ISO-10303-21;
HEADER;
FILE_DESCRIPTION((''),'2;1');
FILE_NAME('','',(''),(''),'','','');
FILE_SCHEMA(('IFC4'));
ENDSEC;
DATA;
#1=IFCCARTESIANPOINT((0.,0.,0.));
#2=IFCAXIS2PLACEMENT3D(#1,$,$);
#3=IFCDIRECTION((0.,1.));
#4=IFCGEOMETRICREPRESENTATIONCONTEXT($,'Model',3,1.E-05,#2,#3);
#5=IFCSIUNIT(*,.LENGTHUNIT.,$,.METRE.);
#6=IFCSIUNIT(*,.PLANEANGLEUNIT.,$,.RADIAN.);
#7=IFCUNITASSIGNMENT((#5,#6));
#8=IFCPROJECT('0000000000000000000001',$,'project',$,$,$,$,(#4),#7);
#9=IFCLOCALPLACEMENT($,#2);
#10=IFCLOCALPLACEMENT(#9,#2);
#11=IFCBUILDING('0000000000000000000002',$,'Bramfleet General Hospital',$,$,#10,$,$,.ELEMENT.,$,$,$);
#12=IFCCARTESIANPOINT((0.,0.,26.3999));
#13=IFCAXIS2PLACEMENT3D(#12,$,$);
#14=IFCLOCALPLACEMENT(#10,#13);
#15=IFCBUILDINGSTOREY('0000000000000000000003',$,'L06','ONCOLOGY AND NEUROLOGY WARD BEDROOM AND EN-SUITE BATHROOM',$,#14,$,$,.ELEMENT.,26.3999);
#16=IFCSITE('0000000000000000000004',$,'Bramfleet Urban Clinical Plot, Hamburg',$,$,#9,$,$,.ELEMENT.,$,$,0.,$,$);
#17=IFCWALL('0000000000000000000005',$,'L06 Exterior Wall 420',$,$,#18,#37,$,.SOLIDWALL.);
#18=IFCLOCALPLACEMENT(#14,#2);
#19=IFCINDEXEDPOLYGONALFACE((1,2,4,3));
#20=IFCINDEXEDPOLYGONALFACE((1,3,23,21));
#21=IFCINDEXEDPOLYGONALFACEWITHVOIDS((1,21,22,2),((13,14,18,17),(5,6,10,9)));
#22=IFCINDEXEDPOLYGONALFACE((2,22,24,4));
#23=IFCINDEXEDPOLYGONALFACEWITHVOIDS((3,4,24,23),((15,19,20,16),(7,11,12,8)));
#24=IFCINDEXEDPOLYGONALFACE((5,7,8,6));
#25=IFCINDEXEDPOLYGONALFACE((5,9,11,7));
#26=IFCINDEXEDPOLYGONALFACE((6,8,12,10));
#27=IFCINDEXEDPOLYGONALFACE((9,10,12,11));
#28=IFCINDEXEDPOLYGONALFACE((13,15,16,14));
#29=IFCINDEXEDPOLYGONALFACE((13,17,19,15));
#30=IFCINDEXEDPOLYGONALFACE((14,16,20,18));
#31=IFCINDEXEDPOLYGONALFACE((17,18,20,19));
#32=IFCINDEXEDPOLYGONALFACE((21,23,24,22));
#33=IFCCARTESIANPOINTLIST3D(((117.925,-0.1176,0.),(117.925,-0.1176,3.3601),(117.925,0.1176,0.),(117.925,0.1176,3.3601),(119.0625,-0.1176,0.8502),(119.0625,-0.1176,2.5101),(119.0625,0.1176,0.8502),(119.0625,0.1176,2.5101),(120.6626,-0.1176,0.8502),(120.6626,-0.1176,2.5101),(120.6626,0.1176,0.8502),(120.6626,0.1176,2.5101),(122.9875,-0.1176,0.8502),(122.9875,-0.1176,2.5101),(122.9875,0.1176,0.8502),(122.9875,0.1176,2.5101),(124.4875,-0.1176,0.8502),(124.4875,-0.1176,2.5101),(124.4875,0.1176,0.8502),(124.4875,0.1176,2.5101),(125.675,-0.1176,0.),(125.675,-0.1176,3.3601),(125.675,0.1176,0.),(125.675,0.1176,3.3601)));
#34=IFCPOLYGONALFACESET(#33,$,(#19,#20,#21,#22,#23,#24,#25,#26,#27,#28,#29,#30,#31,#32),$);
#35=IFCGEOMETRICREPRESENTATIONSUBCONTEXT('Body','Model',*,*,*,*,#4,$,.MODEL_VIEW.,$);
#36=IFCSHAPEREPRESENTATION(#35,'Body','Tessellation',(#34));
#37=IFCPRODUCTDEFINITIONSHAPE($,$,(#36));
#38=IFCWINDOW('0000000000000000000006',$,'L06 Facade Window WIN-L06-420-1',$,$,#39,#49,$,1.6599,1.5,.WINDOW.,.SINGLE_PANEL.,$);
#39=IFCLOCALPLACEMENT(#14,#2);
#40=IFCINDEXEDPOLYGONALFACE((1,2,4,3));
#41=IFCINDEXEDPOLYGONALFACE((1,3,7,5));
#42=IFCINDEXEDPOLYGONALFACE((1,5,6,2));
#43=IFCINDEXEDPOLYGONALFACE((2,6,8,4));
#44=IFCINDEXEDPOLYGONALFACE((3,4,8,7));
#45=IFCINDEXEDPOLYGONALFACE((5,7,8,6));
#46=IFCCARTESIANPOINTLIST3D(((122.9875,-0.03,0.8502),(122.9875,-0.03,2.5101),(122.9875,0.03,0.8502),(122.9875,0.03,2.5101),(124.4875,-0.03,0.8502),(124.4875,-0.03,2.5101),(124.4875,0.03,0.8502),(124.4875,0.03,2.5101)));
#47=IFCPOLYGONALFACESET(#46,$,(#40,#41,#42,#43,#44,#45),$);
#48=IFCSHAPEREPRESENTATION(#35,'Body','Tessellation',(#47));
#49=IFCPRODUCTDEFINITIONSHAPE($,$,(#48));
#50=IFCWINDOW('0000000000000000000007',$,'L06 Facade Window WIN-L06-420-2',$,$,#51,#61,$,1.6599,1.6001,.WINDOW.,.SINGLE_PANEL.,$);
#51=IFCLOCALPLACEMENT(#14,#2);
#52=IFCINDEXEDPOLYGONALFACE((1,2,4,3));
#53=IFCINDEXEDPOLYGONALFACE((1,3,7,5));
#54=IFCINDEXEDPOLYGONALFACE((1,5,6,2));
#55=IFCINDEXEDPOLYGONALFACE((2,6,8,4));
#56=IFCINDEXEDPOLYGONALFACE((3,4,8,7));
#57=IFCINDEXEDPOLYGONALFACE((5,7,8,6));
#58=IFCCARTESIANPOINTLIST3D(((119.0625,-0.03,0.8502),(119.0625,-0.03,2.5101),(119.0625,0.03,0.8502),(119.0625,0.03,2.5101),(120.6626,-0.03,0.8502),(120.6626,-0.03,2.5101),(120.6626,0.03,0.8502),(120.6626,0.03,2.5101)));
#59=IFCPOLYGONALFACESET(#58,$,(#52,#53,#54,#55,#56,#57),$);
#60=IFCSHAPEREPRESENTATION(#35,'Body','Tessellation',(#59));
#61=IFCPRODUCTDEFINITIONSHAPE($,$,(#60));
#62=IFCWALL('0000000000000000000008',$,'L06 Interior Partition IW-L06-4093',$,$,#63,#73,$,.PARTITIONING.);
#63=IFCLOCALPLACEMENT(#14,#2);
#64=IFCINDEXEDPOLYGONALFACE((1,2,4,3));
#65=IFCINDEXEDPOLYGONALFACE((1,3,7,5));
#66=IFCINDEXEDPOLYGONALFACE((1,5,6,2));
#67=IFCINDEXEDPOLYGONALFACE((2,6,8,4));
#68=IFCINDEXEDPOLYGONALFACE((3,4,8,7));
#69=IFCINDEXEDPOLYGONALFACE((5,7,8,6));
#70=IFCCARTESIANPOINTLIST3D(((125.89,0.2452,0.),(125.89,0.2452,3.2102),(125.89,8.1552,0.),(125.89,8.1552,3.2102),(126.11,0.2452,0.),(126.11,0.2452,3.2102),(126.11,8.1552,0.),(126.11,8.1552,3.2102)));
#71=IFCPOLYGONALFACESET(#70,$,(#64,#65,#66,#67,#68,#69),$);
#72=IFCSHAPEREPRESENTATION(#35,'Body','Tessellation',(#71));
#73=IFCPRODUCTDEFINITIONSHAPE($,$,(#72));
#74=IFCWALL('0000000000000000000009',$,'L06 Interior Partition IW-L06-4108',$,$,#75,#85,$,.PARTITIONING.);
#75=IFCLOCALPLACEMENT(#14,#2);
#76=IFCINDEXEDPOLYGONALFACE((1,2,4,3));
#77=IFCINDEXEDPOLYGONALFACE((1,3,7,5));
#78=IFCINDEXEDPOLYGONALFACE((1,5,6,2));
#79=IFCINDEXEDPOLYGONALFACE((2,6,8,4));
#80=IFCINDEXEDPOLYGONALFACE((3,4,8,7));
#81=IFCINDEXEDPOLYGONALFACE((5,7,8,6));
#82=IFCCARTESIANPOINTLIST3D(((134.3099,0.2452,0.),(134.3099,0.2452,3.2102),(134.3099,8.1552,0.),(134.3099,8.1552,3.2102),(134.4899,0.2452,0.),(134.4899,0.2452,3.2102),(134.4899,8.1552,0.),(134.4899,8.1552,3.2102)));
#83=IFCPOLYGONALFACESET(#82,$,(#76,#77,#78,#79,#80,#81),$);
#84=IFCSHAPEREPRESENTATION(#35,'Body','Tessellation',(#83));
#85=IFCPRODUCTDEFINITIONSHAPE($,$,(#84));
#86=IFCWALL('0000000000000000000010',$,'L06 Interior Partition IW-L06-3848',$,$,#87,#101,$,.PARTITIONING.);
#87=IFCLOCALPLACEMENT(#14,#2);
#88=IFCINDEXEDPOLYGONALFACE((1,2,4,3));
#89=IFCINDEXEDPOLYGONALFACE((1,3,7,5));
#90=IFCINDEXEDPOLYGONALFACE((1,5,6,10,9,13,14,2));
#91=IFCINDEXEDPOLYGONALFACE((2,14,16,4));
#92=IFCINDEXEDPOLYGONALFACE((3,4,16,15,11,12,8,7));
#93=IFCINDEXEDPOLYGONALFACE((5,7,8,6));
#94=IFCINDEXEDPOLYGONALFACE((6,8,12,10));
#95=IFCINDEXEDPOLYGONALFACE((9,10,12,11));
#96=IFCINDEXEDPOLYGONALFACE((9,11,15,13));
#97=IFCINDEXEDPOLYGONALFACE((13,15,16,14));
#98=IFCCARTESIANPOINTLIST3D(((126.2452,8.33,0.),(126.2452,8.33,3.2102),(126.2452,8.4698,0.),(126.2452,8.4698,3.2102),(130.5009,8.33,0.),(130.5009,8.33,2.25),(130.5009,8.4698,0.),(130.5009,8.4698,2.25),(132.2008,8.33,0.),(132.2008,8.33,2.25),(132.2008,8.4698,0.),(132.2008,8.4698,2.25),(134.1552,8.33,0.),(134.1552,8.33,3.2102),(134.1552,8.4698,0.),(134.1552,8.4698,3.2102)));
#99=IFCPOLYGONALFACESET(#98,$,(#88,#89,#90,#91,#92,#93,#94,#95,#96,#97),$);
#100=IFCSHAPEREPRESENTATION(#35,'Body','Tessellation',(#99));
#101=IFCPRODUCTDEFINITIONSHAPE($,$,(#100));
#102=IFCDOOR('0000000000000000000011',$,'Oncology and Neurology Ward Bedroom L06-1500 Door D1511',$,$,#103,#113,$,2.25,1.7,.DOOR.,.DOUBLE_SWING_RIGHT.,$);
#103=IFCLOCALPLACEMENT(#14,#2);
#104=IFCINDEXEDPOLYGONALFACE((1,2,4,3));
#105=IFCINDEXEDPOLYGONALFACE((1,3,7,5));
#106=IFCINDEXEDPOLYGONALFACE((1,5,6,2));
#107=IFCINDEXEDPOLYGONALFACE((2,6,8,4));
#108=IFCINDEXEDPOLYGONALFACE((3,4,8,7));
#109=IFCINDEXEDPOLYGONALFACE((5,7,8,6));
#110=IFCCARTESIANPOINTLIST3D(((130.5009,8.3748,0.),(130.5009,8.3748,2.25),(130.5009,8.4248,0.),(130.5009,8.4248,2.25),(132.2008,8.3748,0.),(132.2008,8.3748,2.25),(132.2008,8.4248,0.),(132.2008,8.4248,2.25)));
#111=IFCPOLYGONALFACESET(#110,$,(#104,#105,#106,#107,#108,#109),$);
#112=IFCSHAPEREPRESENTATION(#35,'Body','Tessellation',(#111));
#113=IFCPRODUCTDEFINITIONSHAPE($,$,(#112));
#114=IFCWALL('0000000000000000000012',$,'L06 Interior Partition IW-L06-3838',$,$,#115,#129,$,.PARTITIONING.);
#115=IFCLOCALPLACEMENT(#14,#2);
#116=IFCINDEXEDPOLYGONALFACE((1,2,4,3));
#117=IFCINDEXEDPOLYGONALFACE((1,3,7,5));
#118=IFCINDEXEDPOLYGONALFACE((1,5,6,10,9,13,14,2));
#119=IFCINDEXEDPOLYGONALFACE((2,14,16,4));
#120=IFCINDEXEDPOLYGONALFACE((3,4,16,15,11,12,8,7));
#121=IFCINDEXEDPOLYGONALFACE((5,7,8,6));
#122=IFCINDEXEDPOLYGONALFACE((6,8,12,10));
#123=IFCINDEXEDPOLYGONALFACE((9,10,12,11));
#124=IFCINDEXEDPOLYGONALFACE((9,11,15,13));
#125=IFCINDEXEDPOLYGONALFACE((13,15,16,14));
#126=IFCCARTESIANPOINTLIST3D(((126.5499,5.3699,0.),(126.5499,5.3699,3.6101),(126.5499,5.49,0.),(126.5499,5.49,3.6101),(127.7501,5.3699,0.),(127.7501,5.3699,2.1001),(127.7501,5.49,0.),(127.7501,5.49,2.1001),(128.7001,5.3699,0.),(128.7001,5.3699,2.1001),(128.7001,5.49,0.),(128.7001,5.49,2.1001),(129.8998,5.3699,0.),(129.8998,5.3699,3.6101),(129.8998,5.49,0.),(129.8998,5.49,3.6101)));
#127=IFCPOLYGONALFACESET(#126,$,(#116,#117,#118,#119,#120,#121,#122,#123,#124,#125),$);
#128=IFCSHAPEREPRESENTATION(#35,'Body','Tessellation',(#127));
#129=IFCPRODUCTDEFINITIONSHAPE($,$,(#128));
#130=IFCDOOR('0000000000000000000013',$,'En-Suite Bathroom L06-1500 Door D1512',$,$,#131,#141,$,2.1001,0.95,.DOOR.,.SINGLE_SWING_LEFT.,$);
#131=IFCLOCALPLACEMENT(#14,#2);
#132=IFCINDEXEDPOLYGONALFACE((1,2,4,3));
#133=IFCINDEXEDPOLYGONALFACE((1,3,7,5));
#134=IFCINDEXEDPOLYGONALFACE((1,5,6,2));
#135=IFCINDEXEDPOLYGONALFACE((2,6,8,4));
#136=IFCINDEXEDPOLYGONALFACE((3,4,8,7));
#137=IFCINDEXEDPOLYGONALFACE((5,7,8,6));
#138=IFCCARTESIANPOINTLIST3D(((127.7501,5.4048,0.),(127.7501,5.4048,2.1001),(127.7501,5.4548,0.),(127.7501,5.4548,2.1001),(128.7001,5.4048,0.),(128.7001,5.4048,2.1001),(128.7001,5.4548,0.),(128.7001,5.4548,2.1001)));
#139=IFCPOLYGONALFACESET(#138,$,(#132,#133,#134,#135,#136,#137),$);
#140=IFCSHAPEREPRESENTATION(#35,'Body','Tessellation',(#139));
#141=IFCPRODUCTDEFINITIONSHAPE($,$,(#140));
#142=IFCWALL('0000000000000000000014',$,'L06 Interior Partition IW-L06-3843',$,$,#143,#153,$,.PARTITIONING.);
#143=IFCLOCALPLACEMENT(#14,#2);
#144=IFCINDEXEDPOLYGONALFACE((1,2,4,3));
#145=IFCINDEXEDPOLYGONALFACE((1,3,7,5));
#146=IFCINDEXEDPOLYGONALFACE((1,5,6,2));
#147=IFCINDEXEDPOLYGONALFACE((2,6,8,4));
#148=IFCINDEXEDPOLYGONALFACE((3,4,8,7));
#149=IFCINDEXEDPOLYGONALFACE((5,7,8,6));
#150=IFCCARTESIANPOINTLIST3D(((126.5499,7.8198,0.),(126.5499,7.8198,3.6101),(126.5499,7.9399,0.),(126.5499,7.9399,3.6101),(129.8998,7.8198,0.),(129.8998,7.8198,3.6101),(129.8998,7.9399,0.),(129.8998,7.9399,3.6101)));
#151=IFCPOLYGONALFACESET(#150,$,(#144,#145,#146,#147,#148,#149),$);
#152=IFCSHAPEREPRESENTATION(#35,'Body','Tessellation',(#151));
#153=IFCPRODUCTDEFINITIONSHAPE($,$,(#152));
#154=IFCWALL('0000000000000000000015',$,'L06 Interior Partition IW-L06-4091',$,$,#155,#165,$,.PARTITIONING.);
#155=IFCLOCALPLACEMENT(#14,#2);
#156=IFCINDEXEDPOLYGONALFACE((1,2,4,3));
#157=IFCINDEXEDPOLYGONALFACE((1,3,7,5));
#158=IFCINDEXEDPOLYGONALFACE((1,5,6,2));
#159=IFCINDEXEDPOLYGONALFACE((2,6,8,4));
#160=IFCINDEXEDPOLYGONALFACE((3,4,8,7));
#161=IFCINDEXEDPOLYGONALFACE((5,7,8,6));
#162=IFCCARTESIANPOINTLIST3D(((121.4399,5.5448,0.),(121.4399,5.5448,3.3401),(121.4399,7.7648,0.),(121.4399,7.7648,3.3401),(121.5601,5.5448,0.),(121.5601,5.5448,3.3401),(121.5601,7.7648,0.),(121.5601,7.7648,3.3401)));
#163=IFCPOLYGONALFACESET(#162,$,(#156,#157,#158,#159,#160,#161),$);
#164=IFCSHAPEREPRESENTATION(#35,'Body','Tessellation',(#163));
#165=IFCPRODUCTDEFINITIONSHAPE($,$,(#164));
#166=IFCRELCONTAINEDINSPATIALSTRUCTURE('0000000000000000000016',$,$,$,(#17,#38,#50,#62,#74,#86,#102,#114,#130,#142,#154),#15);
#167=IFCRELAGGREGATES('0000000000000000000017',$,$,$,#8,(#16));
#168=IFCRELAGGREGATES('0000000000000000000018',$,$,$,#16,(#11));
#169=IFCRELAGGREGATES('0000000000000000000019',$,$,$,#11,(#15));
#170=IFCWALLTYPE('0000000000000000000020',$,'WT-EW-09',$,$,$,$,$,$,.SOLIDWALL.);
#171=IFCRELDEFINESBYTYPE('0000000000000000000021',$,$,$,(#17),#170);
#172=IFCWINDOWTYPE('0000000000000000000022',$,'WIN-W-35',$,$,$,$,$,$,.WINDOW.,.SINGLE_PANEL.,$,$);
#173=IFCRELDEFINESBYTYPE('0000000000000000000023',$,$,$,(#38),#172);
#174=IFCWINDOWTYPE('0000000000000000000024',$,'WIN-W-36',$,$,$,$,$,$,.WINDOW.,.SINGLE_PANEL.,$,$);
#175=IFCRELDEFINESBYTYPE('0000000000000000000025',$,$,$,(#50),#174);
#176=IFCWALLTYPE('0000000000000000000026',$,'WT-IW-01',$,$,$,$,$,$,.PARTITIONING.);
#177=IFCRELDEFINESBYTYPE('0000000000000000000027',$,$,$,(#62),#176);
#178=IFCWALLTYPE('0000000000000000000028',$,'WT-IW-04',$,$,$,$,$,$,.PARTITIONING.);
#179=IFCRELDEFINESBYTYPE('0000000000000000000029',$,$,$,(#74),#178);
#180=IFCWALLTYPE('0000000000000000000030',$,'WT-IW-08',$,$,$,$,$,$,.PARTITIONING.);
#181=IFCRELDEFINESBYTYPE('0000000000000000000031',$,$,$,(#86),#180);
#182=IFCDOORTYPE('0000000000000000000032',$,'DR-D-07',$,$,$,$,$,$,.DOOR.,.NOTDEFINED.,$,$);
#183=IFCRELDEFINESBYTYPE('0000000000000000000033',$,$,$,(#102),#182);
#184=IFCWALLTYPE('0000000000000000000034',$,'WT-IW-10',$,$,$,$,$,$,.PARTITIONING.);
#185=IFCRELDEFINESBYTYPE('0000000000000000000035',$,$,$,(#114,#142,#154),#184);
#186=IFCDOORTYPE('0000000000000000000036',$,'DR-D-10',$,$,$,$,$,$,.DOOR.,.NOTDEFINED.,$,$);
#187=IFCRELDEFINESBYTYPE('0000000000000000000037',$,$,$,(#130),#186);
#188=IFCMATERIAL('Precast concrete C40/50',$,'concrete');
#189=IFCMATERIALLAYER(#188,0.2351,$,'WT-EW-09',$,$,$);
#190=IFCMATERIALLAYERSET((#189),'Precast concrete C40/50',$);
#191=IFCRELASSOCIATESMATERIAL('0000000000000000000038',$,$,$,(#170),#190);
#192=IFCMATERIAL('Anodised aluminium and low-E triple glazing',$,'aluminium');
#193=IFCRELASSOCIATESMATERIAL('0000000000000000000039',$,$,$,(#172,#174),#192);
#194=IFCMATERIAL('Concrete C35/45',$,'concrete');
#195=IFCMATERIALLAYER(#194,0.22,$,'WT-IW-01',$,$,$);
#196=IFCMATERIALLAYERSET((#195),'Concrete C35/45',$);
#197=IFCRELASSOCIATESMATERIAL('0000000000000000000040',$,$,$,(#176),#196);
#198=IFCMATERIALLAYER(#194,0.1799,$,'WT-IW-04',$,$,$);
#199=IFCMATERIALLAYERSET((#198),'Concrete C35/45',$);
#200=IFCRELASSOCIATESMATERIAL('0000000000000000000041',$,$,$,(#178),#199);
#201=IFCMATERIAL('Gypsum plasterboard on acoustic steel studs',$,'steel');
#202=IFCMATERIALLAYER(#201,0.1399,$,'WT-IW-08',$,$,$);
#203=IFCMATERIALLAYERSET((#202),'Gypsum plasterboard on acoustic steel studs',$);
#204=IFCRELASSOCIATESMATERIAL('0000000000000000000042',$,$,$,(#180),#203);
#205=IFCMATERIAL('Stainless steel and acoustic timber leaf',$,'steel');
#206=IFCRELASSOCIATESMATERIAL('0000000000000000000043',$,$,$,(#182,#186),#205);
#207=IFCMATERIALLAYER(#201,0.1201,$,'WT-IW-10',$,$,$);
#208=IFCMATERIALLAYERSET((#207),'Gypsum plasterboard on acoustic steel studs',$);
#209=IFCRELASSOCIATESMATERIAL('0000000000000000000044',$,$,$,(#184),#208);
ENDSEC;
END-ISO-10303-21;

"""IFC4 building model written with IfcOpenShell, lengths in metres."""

from ifc_helpers import new_model, si_unit, direction, frame, frame_2d, origin, place, context, subcontext, project, spatial, rectangle, extrude, material, layer, layer_set, type_object, element, fill, save


model = new_model("IFC4")

# Units and contexts
model_context = context("Model", 3, precision=1e-05, world=origin(), true_north=direction((0.0, 1.0)))
body_context = subcontext(model_context, "Body", "Model", "MODEL_VIEW")
ifc_project = project(units=[si_unit("LENGTHUNIT", "METRE"), si_unit("PLANEANGLEUNIT", "RADIAN")], contexts=[model_context])

# Site, building, storey
site_placement = place(None, origin())
site = spatial("IfcSite", under=ifc_project, at=site_placement, Name="Bramfleet Urban Clinical Plot, Hamburg", CompositionType="ELEMENT", RefElevation=0.0)
building_placement = place(site_placement, origin())
building = spatial("IfcBuilding", under=site, at=building_placement, Name="Bramfleet General Hospital", CompositionType="ELEMENT")
storey_placement = place(building_placement, frame((0.0, 0.0, 26.3999)))
storey = spatial("IfcBuildingStorey", under=building, at=storey_placement, Name="L06", Description="ONCOLOGY AND NEUROLOGY WARD BEDROOM AND EN-SUITE BATHROOM", CompositionType="ELEMENT", Elevation=26.3999)

# Wall, openings, windows
ifc_material_1 = material(Name="Precast concrete C40/50", Category="concrete")
ifc_material_2 = material(Name="Anodised aluminium and low-E triple glazing", Category="aluminium")
ifc_layer_1 = layer(ifc_material_1, 0.2351, Name="WT-EW-09")
ifc_layer_set_1 = layer_set([ifc_layer_1], Name="Precast concrete C40/50")
wall_type_1 = type_object("IfcWallType", Name="WT-EW-09", PredefinedType="SOLIDWALL", material=ifc_layer_set_1)
wall_1_placement = place(storey_placement, frame((125.675, 0.0, 0.0), z_axis=(0.0, 0.0, 1.0), x_axis=(-1.0, 0.0, 0.0)))
wall_1 = element("IfcWall", 1, at=wall_1_placement, inside=storey, type_object=wall_type_1, Name="L06 Exterior Wall 420", PredefinedType="SOLIDWALL", context=body_context, shape_type="SweptSolid", body=[
    extrude(rectangle(XDim=7.75, YDim=0.2351, at=frame_2d((3.875, 0.0))), origin(), (0.0, 0.0, 1.0), 3.3601),
])
opening_1_placement = place(wall_1_placement, frame((1.1875, 0.0, 0.8501)))
opening_1 = element("IfcOpeningElement", 2, at=opening_1_placement, cuts=wall_1, PredefinedType="OPENING", context=body_context, shape_type="SweptSolid", body=[
    extrude(rectangle(XDim=1.5, YDim=1.6599, at=frame_2d((0.75, 0.8301))), frame((0.0, 0.1274, 0.0), z_axis=(0.0, -1.0, 0.0), x_axis=(1.0, 0.0, 0.0)), (0.0, 0.0, 1.0), 0.2551),
])
opening_2_placement = place(wall_1_placement, frame((5.0125, 0.0, 0.8501)))
opening_2 = element("IfcOpeningElement", 3, at=opening_2_placement, cuts=wall_1, PredefinedType="OPENING", context=body_context, shape_type="SweptSolid", body=[
    extrude(rectangle(XDim=1.6001, YDim=1.6599, at=frame_2d((0.8, 0.8301))), frame((0.0, 0.1274, 0.0), z_axis=(0.0, -1.0, 0.0), x_axis=(1.0, 0.0, 0.0)), (0.0, 0.0, 1.0), 0.2551),
])
window_type_1 = type_object("IfcWindowType", Name="WIN-W-35", PartitioningType="SINGLE_PANEL", PredefinedType="WINDOW", material=ifc_material_2)
window_1_placement = place(opening_1_placement, origin())
window_1 = element("IfcWindow", 4, at=window_1_placement, inside=storey, type_object=window_type_1, Name="L06 Facade Window WIN-L06-420-1", OverallHeight=1.6599, OverallWidth=1.5, PartitioningType="SINGLE_PANEL", PredefinedType="WINDOW", context=body_context, shape_type="SweptSolid", body=[
    extrude(rectangle(XDim=1.5, YDim=1.6599, at=frame_2d((0.75, 0.8301))), frame((0.0, 0.03, 0.0), z_axis=(0.0, -1.0, 0.0), x_axis=(1.0, 0.0, 0.0)), (0.0, 0.0, 1.0), 0.0601),
])
fill(opening_1, window_1)
window_type_2 = type_object("IfcWindowType", Name="WIN-W-36", PartitioningType="SINGLE_PANEL", PredefinedType="WINDOW", material=ifc_material_2)
window_2_placement = place(opening_2_placement, origin())
window_2 = element("IfcWindow", 5, at=window_2_placement, inside=storey, type_object=window_type_2, Name="L06 Facade Window WIN-L06-420-2", OverallHeight=1.6599, OverallWidth=1.6001, PartitioningType="SINGLE_PANEL", PredefinedType="WINDOW", context=body_context, shape_type="SweptSolid", body=[
    extrude(rectangle(XDim=1.6001, YDim=1.6599, at=frame_2d((0.8, 0.8301))), frame((0.0, 0.03, 0.0), z_axis=(0.0, -1.0, 0.0), x_axis=(1.0, 0.0, 0.0)), (0.0, 0.0, 1.0), 0.0601),
])
fill(opening_2, window_2)

# Walls
ifc_material_3 = material(Name="Concrete C35/45", Category="concrete")
ifc_layer_2 = layer(ifc_material_3, 0.22, Name="WT-IW-01")
ifc_layer_set_2 = layer_set([ifc_layer_2], Name="Concrete C35/45")
wall_type_2 = type_object("IfcWallType", Name="WT-IW-01", PredefinedType="PARTITIONING", material=ifc_layer_set_2)
wall_2_placement = place(storey_placement, frame((126.0, 0.2451, 0.0), z_axis=(0.0, 0.0, 1.0), x_axis=(0.0, 1.0, 0.0)))
element("IfcWall", 6, at=wall_2_placement, inside=storey, type_object=wall_type_2, Name="L06 Interior Partition IW-L06-4093", PredefinedType="PARTITIONING", context=body_context, shape_type="SweptSolid", body=[
    extrude(rectangle(XDim=7.9099, YDim=0.22, at=frame_2d((3.9551, 0.0))), origin(), (0.0, 0.0, 1.0), 3.2102),
])
ifc_layer_3 = layer(ifc_material_3, 0.1799, Name="WT-IW-04")
ifc_layer_set_3 = layer_set([ifc_layer_3], Name="Concrete C35/45")
wall_type_3 = type_object("IfcWallType", Name="WT-IW-04", PredefinedType="PARTITIONING", material=ifc_layer_set_3)
wall_3_placement = place(storey_placement, frame((134.3999, 0.2451, 0.0), z_axis=(0.0, 0.0, 1.0), x_axis=(0.0, 1.0, 0.0)))
element("IfcWall", 7, at=wall_3_placement, inside=storey, type_object=wall_type_3, Name="L06 Interior Partition IW-L06-4108", PredefinedType="PARTITIONING", context=body_context, shape_type="SweptSolid", body=[
    extrude(rectangle(XDim=7.9099, YDim=0.1799, at=frame_2d((3.9551, 0.0))), origin(), (0.0, 0.0, 1.0), 3.2102),
])

# Walls, openings, doors
ifc_material_4 = material(Name="Gypsum plasterboard on acoustic steel studs", Category="steel")
ifc_layer_4 = layer(ifc_material_4, 0.1399, Name="WT-IW-08")
ifc_layer_set_4 = layer_set([ifc_layer_4], Name="Gypsum plasterboard on acoustic steel studs")
wall_type_4 = type_object("IfcWallType", Name="WT-IW-08", PredefinedType="PARTITIONING", material=ifc_layer_set_4)
wall_4_placement = place(storey_placement, frame((126.2451, 8.3999, 0.0), z_axis=(0.0, 0.0, 1.0), x_axis=(1.0, 0.0, 0.0)))
wall_4 = element("IfcWall", 8, at=wall_4_placement, inside=storey, type_object=wall_type_4, Name="L06 Interior Partition IW-L06-3848", PredefinedType="PARTITIONING", context=body_context, shape_type="SweptSolid", body=[
    extrude(rectangle(XDim=7.9099, YDim=0.1399, at=frame_2d((3.9551, 0.0))), origin(), (0.0, 0.0, 1.0), 3.2102),
])
opening_3_placement = place(wall_4_placement, frame((4.2556, 0.0, 0.0)))
opening_3 = element("IfcOpeningElement", 9, at=opening_3_placement, cuts=wall_4, PredefinedType="OPENING", context=body_context, shape_type="SweptSolid", body=[
    extrude(rectangle(XDim=1.7, YDim=2.25, at=frame_2d((0.8501, 1.125))), frame((0.0, 0.0798, 0.0), z_axis=(0.0, -1.0, 0.0), x_axis=(1.0, 0.0, 0.0)), (0.0, 0.0, 1.0), 0.1599),
])
ifc_material_5 = material(Name="Stainless steel and acoustic timber leaf", Category="steel")
door_type_1 = type_object("IfcDoorType", Name="DR-D-07", OperationType="NOTDEFINED", PredefinedType="DOOR", material=ifc_material_5)
door_1_placement = place(opening_3_placement, origin())
door_1 = element("IfcDoor", 10, at=door_1_placement, inside=storey, type_object=door_type_1, Name="Oncology and Neurology Ward Bedroom L06-1500 Door D1511", OperationType="DOUBLE_SWING_RIGHT", OverallHeight=2.25, OverallWidth=1.7, PredefinedType="DOOR", context=body_context, shape_type="SweptSolid", body=[
    extrude(rectangle(XDim=1.7, YDim=2.25, at=frame_2d((0.8501, 1.125))), frame((0.0, 0.0249, 0.0), z_axis=(0.0, -1.0, 0.0), x_axis=(1.0, 0.0, 0.0)), (0.0, 0.0, 1.0), 0.05),
])
fill(opening_3, door_1)
ifc_layer_5 = layer(ifc_material_4, 0.1201, Name="WT-IW-10")
ifc_layer_set_5 = layer_set([ifc_layer_5], Name="Gypsum plasterboard on acoustic steel studs")
wall_type_5 = type_object("IfcWallType", Name="WT-IW-10", PredefinedType="PARTITIONING", material=ifc_layer_set_5)
wall_5_placement = place(storey_placement, frame((126.55, 5.4299, 0.0), z_axis=(0.0, 0.0, 1.0), x_axis=(1.0, 0.0, 0.0)))
wall_5 = element("IfcWall", 11, at=wall_5_placement, inside=storey, type_object=wall_type_5, Name="L06 Interior Partition IW-L06-3838", PredefinedType="PARTITIONING", context=body_context, shape_type="SweptSolid", body=[
    extrude(rectangle(XDim=3.3499, YDim=0.1201, at=frame_2d((1.6748, 0.0))), origin(), (0.0, 0.0, 1.0), 3.6101),
])
opening_4_placement = place(wall_5_placement, frame((1.2, 0.0, 0.0)))
opening_4 = element("IfcOpeningElement", 12, at=opening_4_placement, cuts=wall_5, PredefinedType="OPENING", context=body_context, shape_type="SweptSolid", body=[
    extrude(rectangle(XDim=0.95, YDim=2.1001, at=frame_2d((0.4751, 1.05))), frame((0.0, 0.0701, 0.0), z_axis=(0.0, -1.0, 0.0), x_axis=(1.0, 0.0, 0.0)), (0.0, 0.0, 1.0), 0.1401),
])
door_type_2 = type_object("IfcDoorType", Name="DR-D-10", OperationType="NOTDEFINED", PredefinedType="DOOR", material=ifc_material_5)
door_2_placement = place(opening_4_placement, origin())
door_2 = element("IfcDoor", 13, at=door_2_placement, inside=storey, type_object=door_type_2, Name="En-Suite Bathroom L06-1500 Door D1512", OperationType="SINGLE_SWING_LEFT", OverallHeight=2.1001, OverallWidth=0.95, PredefinedType="DOOR", context=body_context, shape_type="SweptSolid", body=[
    extrude(rectangle(XDim=0.95, YDim=2.1001, at=frame_2d((0.4751, 1.05))), frame((0.0, 0.0249, 0.0), z_axis=(0.0, -1.0, 0.0), x_axis=(1.0, 0.0, 0.0)), (0.0, 0.0, 1.0), 0.05),
])
fill(opening_4, door_2)

# Walls
wall_6_placement = place(storey_placement, frame((126.55, 7.8799, 0.0), z_axis=(0.0, 0.0, 1.0), x_axis=(1.0, 0.0, 0.0)))
element("IfcWall", 14, at=wall_6_placement, inside=storey, type_object=wall_type_5, Name="L06 Interior Partition IW-L06-3843", PredefinedType="PARTITIONING", context=body_context, shape_type="SweptSolid", body=[
    extrude(rectangle(XDim=3.3499, YDim=0.1201, at=frame_2d((1.6748, 0.0))), origin(), (0.0, 0.0, 1.0), 3.6101),
])
for number, where, z_axis, x_axis, name in (
    (15, (121.5, 5.5449, 0.0), (0.0, 0.0, 1.0), (0.0, 1.0, 0.0), "L06 Interior Partition IW-L06-4091"),
):
    element("IfcWall", number, at=place(storey_placement, frame(where, z_axis=z_axis, x_axis=x_axis)), inside=storey, type_object=wall_type_5, Name=name, PredefinedType="PARTITIONING", context=body_context, shape_type="SweptSolid", body=[
        extrude(rectangle(XDim=2.22, YDim=0.1201, at=frame_2d((1.1099, 0.0))), origin(), (0.0, 0.0, 1.0), 3.3401),
    ])

save(model, "model.ifc")
